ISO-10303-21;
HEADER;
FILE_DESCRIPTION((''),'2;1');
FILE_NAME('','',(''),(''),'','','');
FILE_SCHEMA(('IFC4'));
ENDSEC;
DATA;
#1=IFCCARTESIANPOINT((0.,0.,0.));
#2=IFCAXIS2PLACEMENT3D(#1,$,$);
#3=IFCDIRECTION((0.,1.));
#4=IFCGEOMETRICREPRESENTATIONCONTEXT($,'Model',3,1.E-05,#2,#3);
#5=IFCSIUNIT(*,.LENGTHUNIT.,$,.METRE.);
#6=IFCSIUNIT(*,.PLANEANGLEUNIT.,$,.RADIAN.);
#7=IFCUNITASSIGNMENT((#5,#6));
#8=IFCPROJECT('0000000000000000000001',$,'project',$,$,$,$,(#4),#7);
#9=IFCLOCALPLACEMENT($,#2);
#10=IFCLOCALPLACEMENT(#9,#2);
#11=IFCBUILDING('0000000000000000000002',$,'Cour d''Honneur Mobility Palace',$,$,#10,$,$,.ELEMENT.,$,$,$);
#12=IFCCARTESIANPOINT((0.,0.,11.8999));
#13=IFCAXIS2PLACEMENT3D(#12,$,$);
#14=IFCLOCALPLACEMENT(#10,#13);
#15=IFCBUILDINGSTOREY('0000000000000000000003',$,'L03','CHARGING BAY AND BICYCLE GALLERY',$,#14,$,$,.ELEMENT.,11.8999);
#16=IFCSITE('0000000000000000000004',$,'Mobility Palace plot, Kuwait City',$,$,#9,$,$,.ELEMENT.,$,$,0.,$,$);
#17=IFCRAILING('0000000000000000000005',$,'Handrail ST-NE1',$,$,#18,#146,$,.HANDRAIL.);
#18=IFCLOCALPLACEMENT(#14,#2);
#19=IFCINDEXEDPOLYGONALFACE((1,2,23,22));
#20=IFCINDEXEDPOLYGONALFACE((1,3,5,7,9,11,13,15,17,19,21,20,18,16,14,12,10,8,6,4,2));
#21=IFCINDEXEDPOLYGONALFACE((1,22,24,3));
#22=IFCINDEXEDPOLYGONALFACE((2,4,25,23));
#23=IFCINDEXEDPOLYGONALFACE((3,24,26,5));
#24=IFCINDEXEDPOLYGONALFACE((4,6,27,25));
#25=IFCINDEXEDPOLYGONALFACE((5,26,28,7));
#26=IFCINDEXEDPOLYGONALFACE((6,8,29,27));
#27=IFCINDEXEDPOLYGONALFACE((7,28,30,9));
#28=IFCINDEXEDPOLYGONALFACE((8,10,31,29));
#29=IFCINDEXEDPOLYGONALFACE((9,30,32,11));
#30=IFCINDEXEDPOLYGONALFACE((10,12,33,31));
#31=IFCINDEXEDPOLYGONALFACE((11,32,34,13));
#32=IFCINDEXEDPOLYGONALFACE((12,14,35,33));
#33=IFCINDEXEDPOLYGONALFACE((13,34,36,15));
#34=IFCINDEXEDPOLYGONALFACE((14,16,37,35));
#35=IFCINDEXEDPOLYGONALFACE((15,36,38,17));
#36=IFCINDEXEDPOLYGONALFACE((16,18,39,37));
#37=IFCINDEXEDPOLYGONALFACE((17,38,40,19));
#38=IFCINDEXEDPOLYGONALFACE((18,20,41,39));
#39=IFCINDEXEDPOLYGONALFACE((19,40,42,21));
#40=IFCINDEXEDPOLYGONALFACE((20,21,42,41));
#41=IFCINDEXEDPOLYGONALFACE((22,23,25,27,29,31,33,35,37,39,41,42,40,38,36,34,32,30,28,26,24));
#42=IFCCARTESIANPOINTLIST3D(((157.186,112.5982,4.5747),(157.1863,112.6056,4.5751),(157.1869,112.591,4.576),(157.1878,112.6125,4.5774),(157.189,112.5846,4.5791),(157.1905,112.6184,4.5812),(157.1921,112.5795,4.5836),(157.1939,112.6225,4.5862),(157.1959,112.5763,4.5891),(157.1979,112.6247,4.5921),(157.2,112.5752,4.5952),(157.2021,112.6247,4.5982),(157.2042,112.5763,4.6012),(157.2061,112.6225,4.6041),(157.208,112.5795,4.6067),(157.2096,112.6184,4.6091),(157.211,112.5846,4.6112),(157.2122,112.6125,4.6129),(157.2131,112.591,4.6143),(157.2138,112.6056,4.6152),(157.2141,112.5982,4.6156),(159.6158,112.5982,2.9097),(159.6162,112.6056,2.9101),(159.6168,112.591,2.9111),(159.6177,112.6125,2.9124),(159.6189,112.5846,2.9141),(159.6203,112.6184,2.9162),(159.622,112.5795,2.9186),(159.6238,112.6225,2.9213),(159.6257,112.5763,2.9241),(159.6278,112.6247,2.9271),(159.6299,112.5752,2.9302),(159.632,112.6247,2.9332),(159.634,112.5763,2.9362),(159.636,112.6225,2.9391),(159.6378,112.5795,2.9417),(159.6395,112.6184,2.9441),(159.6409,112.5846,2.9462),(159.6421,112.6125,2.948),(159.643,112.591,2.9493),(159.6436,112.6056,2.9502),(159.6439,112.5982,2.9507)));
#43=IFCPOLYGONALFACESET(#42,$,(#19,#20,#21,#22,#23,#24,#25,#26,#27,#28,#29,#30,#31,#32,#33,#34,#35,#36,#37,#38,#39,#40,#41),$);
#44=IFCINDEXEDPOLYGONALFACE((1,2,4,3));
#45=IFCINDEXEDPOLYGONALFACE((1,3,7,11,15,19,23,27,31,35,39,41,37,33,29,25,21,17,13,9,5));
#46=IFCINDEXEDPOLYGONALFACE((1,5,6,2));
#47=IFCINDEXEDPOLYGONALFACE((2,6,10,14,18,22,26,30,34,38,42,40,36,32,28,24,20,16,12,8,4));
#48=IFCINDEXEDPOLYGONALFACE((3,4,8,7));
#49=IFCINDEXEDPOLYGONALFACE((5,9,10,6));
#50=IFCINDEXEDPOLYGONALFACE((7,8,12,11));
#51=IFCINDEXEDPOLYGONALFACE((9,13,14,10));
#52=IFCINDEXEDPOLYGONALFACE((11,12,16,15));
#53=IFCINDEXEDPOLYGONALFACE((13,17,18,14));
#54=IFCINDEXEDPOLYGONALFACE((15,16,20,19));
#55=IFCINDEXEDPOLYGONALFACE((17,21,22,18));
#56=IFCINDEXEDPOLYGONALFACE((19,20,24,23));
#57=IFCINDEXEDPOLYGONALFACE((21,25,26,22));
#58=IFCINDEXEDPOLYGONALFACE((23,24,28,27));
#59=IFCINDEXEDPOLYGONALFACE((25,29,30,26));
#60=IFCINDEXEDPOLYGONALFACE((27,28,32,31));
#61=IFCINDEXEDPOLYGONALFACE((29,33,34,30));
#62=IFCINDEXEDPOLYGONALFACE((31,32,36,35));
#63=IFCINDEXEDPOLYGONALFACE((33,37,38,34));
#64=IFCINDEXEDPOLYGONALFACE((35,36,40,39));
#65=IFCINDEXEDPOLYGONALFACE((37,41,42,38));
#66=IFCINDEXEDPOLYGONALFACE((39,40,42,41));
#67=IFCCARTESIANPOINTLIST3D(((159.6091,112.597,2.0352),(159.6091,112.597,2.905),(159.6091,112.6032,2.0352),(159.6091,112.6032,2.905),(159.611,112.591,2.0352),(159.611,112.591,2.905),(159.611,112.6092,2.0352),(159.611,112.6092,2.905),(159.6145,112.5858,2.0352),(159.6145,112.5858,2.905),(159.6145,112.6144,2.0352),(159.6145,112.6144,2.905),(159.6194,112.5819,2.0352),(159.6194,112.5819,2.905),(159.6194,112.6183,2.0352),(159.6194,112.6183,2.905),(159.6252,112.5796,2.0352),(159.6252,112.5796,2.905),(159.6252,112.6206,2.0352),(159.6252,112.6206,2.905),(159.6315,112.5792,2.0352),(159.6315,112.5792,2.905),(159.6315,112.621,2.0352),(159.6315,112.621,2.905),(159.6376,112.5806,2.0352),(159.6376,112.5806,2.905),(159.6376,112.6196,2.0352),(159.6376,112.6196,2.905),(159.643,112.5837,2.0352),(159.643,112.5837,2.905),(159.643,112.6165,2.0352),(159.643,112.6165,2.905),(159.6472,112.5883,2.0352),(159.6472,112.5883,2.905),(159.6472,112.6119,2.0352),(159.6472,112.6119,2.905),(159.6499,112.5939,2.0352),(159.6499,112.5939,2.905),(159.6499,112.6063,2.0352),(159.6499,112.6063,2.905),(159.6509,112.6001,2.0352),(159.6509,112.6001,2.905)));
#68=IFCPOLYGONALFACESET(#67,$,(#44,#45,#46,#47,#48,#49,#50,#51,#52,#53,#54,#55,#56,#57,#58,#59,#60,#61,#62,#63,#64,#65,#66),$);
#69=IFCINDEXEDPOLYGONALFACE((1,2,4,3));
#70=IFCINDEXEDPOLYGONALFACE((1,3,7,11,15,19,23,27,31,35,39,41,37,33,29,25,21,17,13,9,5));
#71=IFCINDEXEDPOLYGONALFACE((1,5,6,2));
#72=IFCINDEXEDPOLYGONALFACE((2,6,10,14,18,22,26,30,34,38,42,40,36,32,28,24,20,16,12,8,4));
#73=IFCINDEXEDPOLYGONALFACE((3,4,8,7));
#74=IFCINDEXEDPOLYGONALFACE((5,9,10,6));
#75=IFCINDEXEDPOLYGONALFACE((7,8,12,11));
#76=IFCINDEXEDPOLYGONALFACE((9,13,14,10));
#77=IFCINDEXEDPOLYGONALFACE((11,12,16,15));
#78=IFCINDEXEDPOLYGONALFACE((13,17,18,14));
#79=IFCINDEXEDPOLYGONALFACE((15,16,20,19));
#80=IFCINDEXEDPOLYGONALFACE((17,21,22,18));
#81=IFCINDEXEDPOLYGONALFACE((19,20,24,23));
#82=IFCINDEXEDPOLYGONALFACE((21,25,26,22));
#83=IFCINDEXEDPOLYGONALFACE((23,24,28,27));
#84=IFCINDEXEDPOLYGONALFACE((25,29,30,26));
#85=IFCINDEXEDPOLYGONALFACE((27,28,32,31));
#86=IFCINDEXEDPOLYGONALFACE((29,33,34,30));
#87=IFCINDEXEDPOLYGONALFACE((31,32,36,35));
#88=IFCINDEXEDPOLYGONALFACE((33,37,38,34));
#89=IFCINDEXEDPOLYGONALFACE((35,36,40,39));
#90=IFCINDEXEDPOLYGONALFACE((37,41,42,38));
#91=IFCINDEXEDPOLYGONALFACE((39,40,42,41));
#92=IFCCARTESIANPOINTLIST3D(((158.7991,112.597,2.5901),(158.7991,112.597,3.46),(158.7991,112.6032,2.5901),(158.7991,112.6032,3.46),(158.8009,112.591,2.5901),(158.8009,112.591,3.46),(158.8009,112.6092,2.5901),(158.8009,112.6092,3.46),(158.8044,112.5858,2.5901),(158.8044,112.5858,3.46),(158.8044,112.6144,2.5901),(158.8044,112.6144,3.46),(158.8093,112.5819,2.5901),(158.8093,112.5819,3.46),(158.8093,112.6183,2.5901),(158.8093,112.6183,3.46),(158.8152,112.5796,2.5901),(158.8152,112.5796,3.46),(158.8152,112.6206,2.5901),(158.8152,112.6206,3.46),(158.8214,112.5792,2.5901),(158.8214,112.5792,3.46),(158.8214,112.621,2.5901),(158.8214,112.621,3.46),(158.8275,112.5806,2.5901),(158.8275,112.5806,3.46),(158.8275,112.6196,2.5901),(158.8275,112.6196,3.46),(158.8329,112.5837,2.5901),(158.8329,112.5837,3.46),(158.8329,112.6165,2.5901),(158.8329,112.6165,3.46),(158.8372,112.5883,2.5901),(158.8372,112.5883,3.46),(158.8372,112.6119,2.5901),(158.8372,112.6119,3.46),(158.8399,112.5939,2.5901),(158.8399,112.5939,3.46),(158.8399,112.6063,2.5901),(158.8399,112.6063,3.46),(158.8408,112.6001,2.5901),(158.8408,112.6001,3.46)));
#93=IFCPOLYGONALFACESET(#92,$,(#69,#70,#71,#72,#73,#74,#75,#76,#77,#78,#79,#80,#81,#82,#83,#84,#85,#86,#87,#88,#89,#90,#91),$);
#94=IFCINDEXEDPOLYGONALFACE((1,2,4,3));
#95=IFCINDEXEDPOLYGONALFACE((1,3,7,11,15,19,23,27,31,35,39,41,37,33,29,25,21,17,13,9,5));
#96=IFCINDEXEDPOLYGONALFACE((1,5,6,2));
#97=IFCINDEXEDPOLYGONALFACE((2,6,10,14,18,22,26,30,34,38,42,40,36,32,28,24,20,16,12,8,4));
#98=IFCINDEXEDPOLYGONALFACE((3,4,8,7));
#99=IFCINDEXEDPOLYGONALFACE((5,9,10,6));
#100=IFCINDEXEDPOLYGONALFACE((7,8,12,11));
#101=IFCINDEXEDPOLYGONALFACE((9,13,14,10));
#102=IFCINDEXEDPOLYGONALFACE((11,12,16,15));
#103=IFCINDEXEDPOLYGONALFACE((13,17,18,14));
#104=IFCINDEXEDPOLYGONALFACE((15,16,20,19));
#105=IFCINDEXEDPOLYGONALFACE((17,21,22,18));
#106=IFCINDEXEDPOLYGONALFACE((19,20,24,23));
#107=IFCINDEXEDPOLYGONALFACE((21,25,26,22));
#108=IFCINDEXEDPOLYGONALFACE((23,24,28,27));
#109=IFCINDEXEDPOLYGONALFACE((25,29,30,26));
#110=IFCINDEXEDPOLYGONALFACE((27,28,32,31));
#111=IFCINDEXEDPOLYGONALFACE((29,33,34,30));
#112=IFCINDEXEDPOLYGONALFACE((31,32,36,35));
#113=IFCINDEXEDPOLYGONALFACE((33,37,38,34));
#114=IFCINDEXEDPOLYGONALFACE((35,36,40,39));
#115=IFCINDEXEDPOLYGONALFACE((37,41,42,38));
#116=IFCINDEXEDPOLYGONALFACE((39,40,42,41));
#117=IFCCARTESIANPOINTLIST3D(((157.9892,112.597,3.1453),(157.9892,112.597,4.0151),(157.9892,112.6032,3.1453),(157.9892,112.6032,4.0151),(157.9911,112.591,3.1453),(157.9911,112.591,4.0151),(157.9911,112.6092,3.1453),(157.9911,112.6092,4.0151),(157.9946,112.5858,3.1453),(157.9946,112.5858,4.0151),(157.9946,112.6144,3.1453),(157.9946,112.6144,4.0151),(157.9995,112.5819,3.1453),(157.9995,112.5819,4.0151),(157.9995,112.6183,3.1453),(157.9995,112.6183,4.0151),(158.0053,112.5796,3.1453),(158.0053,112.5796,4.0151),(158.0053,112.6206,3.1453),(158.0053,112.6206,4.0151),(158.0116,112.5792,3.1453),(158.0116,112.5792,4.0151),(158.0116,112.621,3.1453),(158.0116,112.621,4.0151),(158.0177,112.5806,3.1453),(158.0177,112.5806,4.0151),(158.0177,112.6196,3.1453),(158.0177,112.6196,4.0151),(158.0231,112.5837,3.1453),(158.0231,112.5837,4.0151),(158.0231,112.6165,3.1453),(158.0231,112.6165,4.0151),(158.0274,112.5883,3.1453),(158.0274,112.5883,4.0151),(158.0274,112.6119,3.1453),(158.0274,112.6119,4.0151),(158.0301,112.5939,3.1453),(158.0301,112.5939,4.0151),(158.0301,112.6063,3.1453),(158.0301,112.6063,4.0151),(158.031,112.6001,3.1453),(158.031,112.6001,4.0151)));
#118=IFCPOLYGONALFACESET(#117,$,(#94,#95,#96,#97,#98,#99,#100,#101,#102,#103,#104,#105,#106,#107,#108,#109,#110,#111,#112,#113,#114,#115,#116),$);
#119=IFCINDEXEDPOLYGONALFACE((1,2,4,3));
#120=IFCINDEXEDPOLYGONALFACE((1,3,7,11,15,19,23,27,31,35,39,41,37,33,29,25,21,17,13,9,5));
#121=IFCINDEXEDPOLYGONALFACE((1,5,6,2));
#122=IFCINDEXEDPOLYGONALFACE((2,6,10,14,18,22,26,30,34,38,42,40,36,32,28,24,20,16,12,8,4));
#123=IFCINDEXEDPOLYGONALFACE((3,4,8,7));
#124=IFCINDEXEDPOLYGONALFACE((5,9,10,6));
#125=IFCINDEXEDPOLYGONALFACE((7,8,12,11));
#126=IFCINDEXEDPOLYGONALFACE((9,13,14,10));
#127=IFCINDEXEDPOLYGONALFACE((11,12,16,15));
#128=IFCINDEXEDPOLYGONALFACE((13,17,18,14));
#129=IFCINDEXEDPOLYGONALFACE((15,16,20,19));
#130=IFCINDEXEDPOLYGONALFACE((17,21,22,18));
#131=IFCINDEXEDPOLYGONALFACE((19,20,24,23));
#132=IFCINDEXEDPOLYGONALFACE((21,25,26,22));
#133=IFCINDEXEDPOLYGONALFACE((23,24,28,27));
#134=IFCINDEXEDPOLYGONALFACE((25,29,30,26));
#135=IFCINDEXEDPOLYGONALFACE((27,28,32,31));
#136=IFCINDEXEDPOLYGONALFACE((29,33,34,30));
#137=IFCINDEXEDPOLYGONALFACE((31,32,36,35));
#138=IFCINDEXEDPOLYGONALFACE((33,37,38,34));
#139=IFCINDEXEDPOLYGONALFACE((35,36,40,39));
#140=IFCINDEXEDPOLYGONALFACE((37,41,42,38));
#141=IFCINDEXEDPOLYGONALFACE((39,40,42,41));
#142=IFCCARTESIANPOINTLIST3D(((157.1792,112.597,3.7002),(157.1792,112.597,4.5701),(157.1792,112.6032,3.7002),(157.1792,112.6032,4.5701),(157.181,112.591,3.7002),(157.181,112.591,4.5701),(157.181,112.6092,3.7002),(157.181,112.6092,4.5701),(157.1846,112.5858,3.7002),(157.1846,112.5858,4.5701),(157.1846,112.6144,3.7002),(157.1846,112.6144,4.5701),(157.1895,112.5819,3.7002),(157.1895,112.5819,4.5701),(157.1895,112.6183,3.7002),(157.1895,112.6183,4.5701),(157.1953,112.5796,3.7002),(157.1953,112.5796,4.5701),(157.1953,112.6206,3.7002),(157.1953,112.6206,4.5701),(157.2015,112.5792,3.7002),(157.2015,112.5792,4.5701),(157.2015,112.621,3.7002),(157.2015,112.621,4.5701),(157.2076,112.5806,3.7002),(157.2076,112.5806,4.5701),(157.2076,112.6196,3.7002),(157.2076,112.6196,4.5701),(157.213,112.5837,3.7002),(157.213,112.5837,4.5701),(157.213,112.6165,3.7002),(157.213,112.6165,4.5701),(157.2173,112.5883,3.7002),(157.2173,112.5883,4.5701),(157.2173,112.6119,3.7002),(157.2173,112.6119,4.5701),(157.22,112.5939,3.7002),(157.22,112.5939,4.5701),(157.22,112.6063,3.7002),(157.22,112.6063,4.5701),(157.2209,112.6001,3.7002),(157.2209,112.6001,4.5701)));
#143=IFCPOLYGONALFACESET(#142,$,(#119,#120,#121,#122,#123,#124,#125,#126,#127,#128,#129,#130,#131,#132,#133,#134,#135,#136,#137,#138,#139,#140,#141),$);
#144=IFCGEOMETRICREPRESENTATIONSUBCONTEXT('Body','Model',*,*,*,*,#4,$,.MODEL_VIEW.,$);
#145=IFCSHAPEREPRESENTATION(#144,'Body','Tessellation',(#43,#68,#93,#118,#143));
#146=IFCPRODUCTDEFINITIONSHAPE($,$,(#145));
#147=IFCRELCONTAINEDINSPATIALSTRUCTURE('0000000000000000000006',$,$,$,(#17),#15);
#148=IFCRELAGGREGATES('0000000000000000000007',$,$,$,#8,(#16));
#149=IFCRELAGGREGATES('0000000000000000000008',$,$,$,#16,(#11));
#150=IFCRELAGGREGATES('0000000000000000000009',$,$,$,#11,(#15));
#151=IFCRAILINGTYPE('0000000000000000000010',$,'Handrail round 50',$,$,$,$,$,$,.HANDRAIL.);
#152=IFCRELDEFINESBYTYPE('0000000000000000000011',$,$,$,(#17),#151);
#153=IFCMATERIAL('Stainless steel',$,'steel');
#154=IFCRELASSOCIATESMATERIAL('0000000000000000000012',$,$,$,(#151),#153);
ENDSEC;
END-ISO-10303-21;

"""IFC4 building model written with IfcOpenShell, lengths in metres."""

from ifc_helpers import new_model, si_unit, direction, frame, origin, origin_2d, place, context, subcontext, project, spatial, circle, extrude, material, type_object, element, save


model = new_model("IFC4")

# Units and contexts
model_context = context("Model", 3, precision=1e-05, world=origin(), true_north=direction((0.0, 1.0)))
body_context = subcontext(model_context, "Body", "Model", "MODEL_VIEW")
ifc_project = project(units=[si_unit("LENGTHUNIT", "METRE"), si_unit("PLANEANGLEUNIT", "RADIAN")], contexts=[model_context])

# Site, building, storey
site_placement = place(None, origin())
site = spatial("IfcSite", under=ifc_project, at=site_placement, Name="Mobility Palace plot, Kuwait City", CompositionType="ELEMENT", RefElevation=0.0)
building_placement = place(site_placement, origin())
building = spatial("IfcBuilding", under=site, at=building_placement, Name="Cour d'Honneur Mobility Palace", CompositionType="ELEMENT")
storey_placement = place(building_placement, frame((0.0, 0.0, 11.8999)))
storey = spatial("IfcBuildingStorey", under=building, at=storey_placement, Name="L03", Description="CHARGING BAY AND BICYCLE GALLERY", CompositionType="ELEMENT", Elevation=11.8999)

# Railing
ifc_material_1 = material(Name="Stainless steel", Category="steel")
railing_type_1 = type_object("IfcRailingType", Name="Handrail round 50", PredefinedType="HANDRAIL", material=ifc_material_1)
railing_1_placement = place(storey_placement, frame((159.6299, 112.6001, 2.0352)))
element("IfcRailing", 1, at=railing_1_placement, inside=storey, type_object=railing_type_1, Name="Handrail ST-NE1", PredefinedType="HANDRAIL", context=body_context, shape_type="SweptSolid", body=[
    extrude(circle(Radius=0.0249, at=origin_2d()), frame((0.0, 0.0, 0.895), z_axis=(-0.824919, 0.0, 0.565251), x_axis=(0.0, -1.0, 0.0)), (0.0, 0.0, 1.0), 2.9456),
    extrude(circle(Radius=0.021, at=origin_2d()), origin(), (0.0, 0.0, 1.0), 0.8699),
    extrude(circle(Radius=0.021, at=origin_2d()), frame((-0.8101, 0.0, 0.5549)), (0.0, 0.0, 1.0), 0.8699),
    extrude(circle(Radius=0.021, at=origin_2d()), frame((-1.6199, 0.0, 1.1101)), (0.0, 0.0, 1.0), 0.8699),
    extrude(circle(Radius=0.021, at=origin_2d()), frame((-2.4299, 0.0, 1.665)), (0.0, 0.0, 1.0), 0.8699),
])

save(model, "model.ifc")
